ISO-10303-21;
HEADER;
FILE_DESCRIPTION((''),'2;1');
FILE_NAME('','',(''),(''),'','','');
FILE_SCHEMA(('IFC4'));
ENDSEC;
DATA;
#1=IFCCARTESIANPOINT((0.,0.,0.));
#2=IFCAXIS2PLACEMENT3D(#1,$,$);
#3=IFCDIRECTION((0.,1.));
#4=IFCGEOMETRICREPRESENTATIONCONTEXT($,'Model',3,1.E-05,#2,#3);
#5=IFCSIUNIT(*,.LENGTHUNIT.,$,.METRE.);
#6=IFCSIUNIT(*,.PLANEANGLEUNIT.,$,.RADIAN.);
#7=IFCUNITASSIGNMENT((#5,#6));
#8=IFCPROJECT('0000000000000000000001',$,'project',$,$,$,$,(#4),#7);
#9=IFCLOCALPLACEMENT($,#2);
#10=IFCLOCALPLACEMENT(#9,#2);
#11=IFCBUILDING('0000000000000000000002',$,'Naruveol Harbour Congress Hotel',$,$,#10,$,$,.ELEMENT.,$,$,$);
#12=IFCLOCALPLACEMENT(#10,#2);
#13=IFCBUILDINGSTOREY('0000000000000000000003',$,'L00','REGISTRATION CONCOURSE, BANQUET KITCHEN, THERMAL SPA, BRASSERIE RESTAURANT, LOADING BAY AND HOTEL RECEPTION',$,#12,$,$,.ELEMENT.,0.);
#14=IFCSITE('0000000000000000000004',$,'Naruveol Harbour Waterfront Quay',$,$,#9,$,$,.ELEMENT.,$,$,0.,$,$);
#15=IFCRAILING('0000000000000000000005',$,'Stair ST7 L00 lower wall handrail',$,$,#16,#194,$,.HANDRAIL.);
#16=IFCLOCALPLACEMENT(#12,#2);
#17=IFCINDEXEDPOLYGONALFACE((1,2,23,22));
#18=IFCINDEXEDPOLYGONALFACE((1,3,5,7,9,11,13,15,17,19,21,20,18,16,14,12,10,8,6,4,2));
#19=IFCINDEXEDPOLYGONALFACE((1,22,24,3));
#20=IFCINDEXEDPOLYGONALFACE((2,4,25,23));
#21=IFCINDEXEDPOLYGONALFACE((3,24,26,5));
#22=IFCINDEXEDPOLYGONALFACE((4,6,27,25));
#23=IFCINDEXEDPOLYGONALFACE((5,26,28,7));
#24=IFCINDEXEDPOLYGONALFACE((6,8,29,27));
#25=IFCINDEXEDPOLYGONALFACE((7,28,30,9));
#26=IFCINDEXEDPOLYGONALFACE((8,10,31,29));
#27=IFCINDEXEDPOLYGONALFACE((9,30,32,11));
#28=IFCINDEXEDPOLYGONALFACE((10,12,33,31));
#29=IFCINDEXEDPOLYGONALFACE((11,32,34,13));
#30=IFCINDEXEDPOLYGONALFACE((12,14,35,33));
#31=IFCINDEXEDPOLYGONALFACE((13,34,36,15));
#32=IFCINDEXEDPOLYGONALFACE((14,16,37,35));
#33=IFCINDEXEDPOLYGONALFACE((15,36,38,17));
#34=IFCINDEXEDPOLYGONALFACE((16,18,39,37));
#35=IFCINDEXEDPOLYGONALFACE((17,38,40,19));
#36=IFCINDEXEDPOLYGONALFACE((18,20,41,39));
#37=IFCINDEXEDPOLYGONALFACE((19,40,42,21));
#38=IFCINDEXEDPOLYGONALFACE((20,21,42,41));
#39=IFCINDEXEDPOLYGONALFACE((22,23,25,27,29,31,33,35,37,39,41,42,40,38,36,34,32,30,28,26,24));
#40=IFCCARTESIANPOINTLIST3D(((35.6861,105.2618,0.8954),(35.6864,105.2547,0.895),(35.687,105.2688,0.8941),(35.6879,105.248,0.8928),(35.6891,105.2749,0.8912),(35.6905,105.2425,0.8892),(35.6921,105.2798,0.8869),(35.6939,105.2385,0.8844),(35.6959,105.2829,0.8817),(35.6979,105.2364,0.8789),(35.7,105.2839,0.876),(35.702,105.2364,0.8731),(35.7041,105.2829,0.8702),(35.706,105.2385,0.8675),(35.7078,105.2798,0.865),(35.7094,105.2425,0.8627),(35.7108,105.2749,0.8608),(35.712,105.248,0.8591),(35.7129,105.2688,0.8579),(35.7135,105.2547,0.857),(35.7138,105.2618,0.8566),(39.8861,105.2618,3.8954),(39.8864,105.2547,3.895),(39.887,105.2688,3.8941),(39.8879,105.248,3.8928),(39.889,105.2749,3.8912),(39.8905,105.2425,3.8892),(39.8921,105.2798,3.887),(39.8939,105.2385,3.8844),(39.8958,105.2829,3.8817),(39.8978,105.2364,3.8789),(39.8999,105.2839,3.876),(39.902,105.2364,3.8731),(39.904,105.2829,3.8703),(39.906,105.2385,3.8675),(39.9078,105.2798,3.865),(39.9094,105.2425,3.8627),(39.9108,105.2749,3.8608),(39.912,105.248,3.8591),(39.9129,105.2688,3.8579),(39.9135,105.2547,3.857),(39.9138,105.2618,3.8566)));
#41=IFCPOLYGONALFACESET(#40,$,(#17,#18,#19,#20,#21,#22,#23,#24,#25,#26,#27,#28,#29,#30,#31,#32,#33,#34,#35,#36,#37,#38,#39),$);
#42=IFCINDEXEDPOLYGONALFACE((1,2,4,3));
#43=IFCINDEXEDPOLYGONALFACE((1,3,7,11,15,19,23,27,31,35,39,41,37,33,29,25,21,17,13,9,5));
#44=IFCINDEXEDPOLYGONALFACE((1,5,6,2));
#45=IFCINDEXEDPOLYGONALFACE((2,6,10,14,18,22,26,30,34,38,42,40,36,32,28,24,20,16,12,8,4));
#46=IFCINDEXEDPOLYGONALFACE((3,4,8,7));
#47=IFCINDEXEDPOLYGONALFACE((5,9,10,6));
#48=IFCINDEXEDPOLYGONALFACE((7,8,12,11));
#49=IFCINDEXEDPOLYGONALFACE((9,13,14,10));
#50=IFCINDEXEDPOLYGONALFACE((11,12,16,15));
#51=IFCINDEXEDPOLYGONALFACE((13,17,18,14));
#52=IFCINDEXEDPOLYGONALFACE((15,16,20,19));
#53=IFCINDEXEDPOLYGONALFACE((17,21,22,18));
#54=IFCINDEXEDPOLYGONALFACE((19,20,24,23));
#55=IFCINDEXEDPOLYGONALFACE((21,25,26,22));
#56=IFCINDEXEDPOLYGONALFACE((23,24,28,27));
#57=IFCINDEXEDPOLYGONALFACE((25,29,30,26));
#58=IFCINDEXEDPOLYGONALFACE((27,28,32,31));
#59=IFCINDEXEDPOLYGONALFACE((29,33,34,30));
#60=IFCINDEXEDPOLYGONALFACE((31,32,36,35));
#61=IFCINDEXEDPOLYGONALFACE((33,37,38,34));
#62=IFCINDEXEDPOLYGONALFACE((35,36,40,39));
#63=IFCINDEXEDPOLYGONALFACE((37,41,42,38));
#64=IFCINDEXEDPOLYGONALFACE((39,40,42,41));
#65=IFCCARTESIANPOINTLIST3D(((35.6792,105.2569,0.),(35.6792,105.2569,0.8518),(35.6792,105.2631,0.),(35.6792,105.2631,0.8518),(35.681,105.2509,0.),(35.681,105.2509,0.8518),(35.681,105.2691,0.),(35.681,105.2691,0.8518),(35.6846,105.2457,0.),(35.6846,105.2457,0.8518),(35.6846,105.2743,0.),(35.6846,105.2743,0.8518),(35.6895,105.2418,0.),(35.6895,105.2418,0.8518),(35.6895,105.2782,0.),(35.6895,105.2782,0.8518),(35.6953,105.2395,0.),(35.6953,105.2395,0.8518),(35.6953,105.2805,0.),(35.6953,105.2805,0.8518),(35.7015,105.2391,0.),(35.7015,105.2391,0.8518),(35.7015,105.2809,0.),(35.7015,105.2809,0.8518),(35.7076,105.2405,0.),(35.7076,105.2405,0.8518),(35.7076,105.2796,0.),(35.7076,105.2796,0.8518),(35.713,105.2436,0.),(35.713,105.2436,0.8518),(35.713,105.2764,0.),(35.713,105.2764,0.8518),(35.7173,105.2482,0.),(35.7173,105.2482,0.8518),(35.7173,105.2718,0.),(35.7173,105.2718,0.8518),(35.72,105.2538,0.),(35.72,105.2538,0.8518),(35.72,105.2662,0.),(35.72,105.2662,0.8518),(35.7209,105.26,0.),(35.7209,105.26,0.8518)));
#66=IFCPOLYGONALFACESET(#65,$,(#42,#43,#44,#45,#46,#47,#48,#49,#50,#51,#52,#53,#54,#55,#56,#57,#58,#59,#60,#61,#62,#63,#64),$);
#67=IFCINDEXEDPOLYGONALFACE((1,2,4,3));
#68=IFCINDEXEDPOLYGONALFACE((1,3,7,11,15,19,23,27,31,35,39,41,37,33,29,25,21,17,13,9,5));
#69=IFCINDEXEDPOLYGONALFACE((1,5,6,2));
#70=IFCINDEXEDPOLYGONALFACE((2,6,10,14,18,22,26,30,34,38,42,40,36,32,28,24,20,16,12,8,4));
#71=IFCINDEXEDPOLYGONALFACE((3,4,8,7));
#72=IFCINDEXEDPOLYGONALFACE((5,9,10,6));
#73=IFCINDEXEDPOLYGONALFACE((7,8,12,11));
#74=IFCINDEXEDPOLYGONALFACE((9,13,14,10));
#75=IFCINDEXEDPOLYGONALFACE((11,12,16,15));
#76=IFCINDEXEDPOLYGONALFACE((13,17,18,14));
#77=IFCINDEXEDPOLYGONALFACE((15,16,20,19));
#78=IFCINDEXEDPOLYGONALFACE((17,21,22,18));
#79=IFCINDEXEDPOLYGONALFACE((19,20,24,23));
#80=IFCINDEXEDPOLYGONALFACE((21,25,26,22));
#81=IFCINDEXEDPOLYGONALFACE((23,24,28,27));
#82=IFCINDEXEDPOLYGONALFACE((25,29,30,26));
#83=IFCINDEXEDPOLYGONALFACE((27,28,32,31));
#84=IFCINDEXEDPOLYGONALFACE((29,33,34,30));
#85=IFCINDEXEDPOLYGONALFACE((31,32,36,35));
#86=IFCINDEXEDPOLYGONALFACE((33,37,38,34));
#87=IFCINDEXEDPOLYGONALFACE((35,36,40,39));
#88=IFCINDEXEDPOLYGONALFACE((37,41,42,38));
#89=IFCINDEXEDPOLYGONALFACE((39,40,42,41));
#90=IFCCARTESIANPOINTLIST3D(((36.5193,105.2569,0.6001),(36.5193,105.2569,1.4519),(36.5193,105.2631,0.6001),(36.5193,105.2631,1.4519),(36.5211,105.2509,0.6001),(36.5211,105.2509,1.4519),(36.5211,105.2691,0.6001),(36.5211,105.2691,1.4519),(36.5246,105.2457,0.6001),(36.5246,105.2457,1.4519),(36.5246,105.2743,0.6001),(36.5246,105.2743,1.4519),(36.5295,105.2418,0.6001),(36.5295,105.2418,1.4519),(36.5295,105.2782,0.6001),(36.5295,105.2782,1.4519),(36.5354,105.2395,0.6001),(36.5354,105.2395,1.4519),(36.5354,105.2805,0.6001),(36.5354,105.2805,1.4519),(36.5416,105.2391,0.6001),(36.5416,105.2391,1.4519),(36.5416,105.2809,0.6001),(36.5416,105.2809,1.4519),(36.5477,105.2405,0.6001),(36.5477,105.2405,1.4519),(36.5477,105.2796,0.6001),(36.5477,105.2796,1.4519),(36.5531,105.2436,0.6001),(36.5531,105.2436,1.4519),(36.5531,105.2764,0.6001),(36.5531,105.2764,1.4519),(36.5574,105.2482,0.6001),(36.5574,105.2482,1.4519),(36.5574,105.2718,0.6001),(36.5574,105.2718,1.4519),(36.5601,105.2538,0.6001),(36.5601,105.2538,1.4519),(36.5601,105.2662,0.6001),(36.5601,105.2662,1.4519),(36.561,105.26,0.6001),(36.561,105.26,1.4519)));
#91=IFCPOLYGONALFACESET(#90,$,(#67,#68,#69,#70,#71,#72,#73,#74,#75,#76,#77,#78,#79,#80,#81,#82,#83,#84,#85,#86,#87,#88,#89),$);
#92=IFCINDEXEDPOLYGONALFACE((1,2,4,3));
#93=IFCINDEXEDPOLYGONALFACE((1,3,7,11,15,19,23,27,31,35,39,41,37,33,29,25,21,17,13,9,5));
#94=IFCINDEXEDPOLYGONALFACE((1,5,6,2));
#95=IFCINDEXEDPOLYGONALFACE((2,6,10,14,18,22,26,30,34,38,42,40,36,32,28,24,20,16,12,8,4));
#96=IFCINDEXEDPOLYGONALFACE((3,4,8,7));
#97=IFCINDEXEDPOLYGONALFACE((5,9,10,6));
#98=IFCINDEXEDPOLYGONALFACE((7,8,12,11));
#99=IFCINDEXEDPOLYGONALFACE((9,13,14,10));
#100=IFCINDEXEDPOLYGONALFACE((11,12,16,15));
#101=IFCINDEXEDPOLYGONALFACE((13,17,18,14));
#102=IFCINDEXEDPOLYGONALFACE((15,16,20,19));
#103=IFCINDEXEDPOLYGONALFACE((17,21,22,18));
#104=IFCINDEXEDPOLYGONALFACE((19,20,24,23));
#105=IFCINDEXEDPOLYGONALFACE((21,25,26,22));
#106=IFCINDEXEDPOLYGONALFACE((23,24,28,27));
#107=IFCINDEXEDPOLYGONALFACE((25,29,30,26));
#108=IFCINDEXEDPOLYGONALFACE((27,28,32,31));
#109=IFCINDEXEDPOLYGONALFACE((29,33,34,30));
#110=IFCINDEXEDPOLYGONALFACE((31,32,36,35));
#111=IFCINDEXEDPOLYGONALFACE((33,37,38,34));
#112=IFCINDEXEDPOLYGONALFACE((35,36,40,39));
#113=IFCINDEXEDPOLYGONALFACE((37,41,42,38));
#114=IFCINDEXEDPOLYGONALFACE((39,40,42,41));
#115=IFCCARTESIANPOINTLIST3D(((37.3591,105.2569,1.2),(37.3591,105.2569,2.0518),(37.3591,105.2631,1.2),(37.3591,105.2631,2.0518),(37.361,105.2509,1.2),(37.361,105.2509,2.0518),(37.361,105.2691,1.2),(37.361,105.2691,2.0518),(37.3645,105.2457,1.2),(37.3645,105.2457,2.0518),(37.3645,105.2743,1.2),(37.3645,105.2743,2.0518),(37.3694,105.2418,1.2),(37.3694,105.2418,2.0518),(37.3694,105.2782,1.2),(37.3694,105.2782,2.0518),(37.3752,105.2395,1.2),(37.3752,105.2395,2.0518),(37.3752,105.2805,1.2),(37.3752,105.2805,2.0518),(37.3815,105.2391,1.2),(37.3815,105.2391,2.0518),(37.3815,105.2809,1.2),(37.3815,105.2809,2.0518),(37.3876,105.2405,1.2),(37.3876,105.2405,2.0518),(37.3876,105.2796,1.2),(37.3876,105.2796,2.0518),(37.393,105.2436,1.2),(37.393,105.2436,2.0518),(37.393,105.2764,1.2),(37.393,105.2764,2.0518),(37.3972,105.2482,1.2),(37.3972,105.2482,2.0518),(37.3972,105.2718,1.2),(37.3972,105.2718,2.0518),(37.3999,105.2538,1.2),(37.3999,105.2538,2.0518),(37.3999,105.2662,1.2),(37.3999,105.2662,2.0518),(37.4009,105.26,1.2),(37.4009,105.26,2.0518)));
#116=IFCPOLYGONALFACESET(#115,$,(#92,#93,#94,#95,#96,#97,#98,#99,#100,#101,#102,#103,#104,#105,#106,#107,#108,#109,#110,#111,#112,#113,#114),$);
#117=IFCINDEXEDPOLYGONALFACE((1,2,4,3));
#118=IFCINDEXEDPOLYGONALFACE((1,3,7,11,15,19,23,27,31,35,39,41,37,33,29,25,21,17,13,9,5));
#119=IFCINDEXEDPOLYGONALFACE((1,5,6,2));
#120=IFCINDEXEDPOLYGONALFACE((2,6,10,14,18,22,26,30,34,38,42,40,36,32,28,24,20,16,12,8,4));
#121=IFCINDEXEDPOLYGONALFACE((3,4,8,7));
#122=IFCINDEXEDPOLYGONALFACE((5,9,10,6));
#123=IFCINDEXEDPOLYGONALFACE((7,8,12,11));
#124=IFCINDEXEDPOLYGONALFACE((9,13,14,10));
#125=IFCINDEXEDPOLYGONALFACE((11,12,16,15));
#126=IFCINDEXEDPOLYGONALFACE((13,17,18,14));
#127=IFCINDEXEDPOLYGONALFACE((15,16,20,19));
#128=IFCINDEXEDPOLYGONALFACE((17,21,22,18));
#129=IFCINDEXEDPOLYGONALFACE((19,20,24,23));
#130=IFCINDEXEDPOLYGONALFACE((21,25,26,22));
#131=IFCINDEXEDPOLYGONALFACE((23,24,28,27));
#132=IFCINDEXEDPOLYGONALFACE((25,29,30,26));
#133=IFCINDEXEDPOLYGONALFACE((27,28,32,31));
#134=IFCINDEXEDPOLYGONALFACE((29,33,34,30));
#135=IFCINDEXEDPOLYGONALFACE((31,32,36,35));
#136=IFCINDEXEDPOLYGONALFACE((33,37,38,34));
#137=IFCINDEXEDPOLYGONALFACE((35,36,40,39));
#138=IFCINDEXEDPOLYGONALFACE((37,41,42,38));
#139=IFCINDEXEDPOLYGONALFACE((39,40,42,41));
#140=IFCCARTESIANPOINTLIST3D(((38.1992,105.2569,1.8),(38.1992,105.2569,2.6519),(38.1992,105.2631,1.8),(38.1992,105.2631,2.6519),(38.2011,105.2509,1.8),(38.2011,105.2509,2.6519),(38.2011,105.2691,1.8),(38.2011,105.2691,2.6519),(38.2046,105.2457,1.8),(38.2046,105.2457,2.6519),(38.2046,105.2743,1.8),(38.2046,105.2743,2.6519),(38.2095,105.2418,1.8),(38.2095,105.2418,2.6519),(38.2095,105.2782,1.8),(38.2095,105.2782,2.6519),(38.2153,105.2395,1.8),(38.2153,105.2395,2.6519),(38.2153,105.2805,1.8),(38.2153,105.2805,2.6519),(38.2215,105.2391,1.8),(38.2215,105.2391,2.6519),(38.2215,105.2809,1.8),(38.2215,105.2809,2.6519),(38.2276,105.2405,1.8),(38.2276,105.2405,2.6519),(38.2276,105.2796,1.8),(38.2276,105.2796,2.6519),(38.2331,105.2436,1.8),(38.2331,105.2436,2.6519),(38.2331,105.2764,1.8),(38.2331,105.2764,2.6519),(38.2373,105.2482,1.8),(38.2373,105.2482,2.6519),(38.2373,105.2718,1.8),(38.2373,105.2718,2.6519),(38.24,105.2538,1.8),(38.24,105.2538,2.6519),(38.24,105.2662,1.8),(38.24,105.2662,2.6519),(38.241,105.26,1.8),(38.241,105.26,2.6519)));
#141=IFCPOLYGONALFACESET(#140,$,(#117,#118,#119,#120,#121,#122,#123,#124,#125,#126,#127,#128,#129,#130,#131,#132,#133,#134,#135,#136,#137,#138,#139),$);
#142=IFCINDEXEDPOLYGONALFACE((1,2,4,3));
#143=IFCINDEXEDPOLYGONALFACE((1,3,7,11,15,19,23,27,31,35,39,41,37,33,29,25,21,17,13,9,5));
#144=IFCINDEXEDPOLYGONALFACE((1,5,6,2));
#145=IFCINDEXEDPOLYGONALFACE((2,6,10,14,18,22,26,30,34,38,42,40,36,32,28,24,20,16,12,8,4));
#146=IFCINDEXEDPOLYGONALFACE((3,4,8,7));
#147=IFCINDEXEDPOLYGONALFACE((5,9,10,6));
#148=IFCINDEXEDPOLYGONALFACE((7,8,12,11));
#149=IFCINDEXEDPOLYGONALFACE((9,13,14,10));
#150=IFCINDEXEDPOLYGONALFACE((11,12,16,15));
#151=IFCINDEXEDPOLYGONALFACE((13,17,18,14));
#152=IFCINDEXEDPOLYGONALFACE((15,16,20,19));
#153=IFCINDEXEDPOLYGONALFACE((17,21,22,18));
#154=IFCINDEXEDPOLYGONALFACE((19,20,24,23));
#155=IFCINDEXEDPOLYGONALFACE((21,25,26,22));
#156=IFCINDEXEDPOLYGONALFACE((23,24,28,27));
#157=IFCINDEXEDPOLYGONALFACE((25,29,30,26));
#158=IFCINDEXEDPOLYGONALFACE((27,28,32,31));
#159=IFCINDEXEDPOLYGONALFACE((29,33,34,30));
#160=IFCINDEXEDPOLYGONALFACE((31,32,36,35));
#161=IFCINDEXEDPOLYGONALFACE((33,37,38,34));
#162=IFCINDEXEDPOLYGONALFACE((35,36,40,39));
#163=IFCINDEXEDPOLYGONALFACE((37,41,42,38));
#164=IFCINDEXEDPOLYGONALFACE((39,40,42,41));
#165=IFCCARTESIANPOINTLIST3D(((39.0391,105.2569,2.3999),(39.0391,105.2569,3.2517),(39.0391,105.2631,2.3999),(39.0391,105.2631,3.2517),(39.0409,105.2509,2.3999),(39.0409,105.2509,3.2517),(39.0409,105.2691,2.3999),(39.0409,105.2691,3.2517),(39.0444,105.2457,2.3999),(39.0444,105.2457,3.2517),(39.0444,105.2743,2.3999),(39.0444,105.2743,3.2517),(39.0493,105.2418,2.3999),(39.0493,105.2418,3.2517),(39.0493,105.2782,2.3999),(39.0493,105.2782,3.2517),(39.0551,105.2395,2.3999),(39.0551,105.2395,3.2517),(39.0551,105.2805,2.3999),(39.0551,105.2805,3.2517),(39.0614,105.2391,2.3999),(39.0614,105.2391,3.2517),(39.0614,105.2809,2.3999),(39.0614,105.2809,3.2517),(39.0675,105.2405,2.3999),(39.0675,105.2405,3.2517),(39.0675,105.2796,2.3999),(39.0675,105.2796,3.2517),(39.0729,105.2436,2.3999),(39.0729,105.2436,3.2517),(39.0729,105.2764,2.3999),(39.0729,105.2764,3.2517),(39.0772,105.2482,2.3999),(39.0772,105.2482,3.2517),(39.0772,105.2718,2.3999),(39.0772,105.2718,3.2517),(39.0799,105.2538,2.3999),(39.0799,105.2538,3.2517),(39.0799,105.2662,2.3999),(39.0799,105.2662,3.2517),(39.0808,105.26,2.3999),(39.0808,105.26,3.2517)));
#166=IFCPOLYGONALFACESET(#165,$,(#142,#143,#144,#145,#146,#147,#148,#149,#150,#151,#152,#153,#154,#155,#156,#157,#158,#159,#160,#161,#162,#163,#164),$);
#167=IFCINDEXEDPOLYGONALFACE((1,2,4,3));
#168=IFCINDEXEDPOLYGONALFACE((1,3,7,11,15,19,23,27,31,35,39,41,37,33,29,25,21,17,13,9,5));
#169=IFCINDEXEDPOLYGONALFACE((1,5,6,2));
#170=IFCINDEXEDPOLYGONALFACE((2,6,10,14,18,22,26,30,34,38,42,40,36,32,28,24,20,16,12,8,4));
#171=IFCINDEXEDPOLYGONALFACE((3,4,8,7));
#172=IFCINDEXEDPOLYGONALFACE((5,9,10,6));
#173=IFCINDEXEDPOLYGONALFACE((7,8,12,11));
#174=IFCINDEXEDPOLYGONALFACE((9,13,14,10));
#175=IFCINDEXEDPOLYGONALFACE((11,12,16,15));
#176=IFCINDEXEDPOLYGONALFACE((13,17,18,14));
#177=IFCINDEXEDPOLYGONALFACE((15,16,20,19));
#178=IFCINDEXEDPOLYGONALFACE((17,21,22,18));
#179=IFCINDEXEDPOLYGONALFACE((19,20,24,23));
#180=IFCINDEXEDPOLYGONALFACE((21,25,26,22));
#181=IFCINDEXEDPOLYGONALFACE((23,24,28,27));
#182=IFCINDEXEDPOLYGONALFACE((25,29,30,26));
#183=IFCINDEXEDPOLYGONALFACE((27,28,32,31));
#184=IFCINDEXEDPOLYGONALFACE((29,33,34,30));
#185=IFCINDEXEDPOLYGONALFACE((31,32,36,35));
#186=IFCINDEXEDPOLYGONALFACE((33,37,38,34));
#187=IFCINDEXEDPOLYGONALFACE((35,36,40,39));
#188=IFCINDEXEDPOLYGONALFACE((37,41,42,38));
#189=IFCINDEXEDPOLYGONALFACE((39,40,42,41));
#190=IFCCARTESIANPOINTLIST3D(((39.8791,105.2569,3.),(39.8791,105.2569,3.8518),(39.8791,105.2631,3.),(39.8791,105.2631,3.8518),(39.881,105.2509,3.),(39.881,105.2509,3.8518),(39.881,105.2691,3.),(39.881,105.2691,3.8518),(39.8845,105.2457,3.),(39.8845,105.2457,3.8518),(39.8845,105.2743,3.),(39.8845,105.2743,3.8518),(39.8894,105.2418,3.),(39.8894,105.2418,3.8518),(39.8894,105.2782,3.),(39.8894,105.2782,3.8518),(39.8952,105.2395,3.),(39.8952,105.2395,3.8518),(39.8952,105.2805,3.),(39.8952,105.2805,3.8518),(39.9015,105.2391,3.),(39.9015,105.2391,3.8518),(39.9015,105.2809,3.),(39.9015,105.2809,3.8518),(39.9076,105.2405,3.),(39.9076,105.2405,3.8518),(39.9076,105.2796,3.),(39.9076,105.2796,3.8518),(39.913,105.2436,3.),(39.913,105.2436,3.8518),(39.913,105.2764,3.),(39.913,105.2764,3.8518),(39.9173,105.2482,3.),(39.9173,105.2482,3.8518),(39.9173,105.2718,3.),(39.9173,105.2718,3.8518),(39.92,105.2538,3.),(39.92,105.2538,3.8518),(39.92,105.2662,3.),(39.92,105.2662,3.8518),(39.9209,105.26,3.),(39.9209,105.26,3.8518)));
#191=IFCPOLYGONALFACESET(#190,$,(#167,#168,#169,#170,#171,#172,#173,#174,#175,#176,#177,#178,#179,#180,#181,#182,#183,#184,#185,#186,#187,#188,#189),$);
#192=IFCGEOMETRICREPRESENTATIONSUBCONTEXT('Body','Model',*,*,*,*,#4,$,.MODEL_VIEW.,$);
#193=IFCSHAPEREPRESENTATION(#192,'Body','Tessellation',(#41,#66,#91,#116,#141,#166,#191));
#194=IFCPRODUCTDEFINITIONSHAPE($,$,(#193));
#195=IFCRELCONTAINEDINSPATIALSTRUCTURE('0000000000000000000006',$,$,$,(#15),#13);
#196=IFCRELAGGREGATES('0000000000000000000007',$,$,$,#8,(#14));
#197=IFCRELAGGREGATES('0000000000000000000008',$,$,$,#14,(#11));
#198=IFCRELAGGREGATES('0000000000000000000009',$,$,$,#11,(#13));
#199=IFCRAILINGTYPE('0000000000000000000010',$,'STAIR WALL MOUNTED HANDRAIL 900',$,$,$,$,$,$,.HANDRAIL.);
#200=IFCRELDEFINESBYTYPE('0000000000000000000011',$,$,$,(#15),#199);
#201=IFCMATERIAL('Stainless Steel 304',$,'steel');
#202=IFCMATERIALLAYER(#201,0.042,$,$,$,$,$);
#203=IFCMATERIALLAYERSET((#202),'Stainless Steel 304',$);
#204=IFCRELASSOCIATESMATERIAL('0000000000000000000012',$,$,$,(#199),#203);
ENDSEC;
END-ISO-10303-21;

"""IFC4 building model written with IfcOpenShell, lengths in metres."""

from ifc_helpers import new_model, si_unit, direction, frame, origin, origin_2d, place, context, subcontext, project, spatial, circle, extrude, material, layer, layer_set, type_object, element, save


model = new_model("IFC4")

# Units and contexts
model_context = context("Model", 3, precision=1e-05, world=origin(), true_north=direction((0.0, 1.0)))
body_context = subcontext(model_context, "Body", "Model", "MODEL_VIEW")
ifc_project = project(units=[si_unit("LENGTHUNIT", "METRE"), si_unit("PLANEANGLEUNIT", "RADIAN")], contexts=[model_context])

# Site, building, storey
site_placement = place(None, origin())
site = spatial("IfcSite", under=ifc_project, at=site_placement, Name="Naruveol Harbour Waterfront Quay", CompositionType="ELEMENT", RefElevation=0.0)
building_placement = place(site_placement, origin())
building = spatial("IfcBuilding", under=site, at=building_placement, Name="Naruveol Harbour Congress Hotel", CompositionType="ELEMENT")
storey_placement = place(building_placement, origin())
storey = spatial("IfcBuildingStorey", under=building, at=storey_placement, Name="L00", Description="REGISTRATION CONCOURSE, BANQUET KITCHEN, THERMAL SPA, BRASSERIE RESTAURANT, LOADING BAY AND HOTEL RECEPTION", CompositionType="ELEMENT", Elevation=0.0)

# Railing
ifc_material_1 = material(Name="Stainless Steel 304", Category="steel")
ifc_layer_1 = layer(ifc_material_1, 0.042)
ifc_layer_set_1 = layer_set([ifc_layer_1], Name="Stainless Steel 304")
railing_type_1 = type_object("IfcRailingType", Name="STAIR WALL MOUNTED HANDRAIL 900", PredefinedType="HANDRAIL", material=ifc_layer_set_1)
railing_1_placement = place(storey_placement, frame((35.7, 105.26, 0.0)))
element("IfcRailing", 1, at=railing_1_placement, inside=storey, type_object=railing_type_1, Name="Stair ST7 L00 lower wall handrail", PredefinedType="HANDRAIL", context=body_context, shape_type="SweptSolid", body=[
    extrude(circle(Radius=0.0239, at=origin_2d()), frame((0.0, 0.0, 0.876), z_axis=(0.81373, 0.0, 0.581243), x_axis=(0.0, 1.0, 0.0)), (0.0, 0.0, 1.0), 5.1614),
    extrude(circle(Radius=0.021, at=origin_2d()), origin(), (0.0, 0.0, 1.0), 0.8518),
    extrude(circle(Radius=0.021, at=origin_2d()), frame((0.8401, 0.0, 0.6001)), (0.0, 0.0, 1.0), 0.8518),
    extrude(circle(Radius=0.021, at=origin_2d()), frame((1.6799, 0.0, 1.2)), (0.0, 0.0, 1.0), 0.8518),
    extrude(circle(Radius=0.021, at=origin_2d()), frame((2.52, 0.0, 1.8)), (0.0, 0.0, 1.0), 0.8518),
    extrude(circle(Radius=0.021, at=origin_2d()), frame((3.3599, 0.0, 2.3999)), (0.0, 0.0, 1.0), 0.8518),
    extrude(circle(Radius=0.021, at=origin_2d()), frame((4.2, 0.0, 3.0)), (0.0, 0.0, 1.0), 0.8518),
])

save(model, "model.ifc")
